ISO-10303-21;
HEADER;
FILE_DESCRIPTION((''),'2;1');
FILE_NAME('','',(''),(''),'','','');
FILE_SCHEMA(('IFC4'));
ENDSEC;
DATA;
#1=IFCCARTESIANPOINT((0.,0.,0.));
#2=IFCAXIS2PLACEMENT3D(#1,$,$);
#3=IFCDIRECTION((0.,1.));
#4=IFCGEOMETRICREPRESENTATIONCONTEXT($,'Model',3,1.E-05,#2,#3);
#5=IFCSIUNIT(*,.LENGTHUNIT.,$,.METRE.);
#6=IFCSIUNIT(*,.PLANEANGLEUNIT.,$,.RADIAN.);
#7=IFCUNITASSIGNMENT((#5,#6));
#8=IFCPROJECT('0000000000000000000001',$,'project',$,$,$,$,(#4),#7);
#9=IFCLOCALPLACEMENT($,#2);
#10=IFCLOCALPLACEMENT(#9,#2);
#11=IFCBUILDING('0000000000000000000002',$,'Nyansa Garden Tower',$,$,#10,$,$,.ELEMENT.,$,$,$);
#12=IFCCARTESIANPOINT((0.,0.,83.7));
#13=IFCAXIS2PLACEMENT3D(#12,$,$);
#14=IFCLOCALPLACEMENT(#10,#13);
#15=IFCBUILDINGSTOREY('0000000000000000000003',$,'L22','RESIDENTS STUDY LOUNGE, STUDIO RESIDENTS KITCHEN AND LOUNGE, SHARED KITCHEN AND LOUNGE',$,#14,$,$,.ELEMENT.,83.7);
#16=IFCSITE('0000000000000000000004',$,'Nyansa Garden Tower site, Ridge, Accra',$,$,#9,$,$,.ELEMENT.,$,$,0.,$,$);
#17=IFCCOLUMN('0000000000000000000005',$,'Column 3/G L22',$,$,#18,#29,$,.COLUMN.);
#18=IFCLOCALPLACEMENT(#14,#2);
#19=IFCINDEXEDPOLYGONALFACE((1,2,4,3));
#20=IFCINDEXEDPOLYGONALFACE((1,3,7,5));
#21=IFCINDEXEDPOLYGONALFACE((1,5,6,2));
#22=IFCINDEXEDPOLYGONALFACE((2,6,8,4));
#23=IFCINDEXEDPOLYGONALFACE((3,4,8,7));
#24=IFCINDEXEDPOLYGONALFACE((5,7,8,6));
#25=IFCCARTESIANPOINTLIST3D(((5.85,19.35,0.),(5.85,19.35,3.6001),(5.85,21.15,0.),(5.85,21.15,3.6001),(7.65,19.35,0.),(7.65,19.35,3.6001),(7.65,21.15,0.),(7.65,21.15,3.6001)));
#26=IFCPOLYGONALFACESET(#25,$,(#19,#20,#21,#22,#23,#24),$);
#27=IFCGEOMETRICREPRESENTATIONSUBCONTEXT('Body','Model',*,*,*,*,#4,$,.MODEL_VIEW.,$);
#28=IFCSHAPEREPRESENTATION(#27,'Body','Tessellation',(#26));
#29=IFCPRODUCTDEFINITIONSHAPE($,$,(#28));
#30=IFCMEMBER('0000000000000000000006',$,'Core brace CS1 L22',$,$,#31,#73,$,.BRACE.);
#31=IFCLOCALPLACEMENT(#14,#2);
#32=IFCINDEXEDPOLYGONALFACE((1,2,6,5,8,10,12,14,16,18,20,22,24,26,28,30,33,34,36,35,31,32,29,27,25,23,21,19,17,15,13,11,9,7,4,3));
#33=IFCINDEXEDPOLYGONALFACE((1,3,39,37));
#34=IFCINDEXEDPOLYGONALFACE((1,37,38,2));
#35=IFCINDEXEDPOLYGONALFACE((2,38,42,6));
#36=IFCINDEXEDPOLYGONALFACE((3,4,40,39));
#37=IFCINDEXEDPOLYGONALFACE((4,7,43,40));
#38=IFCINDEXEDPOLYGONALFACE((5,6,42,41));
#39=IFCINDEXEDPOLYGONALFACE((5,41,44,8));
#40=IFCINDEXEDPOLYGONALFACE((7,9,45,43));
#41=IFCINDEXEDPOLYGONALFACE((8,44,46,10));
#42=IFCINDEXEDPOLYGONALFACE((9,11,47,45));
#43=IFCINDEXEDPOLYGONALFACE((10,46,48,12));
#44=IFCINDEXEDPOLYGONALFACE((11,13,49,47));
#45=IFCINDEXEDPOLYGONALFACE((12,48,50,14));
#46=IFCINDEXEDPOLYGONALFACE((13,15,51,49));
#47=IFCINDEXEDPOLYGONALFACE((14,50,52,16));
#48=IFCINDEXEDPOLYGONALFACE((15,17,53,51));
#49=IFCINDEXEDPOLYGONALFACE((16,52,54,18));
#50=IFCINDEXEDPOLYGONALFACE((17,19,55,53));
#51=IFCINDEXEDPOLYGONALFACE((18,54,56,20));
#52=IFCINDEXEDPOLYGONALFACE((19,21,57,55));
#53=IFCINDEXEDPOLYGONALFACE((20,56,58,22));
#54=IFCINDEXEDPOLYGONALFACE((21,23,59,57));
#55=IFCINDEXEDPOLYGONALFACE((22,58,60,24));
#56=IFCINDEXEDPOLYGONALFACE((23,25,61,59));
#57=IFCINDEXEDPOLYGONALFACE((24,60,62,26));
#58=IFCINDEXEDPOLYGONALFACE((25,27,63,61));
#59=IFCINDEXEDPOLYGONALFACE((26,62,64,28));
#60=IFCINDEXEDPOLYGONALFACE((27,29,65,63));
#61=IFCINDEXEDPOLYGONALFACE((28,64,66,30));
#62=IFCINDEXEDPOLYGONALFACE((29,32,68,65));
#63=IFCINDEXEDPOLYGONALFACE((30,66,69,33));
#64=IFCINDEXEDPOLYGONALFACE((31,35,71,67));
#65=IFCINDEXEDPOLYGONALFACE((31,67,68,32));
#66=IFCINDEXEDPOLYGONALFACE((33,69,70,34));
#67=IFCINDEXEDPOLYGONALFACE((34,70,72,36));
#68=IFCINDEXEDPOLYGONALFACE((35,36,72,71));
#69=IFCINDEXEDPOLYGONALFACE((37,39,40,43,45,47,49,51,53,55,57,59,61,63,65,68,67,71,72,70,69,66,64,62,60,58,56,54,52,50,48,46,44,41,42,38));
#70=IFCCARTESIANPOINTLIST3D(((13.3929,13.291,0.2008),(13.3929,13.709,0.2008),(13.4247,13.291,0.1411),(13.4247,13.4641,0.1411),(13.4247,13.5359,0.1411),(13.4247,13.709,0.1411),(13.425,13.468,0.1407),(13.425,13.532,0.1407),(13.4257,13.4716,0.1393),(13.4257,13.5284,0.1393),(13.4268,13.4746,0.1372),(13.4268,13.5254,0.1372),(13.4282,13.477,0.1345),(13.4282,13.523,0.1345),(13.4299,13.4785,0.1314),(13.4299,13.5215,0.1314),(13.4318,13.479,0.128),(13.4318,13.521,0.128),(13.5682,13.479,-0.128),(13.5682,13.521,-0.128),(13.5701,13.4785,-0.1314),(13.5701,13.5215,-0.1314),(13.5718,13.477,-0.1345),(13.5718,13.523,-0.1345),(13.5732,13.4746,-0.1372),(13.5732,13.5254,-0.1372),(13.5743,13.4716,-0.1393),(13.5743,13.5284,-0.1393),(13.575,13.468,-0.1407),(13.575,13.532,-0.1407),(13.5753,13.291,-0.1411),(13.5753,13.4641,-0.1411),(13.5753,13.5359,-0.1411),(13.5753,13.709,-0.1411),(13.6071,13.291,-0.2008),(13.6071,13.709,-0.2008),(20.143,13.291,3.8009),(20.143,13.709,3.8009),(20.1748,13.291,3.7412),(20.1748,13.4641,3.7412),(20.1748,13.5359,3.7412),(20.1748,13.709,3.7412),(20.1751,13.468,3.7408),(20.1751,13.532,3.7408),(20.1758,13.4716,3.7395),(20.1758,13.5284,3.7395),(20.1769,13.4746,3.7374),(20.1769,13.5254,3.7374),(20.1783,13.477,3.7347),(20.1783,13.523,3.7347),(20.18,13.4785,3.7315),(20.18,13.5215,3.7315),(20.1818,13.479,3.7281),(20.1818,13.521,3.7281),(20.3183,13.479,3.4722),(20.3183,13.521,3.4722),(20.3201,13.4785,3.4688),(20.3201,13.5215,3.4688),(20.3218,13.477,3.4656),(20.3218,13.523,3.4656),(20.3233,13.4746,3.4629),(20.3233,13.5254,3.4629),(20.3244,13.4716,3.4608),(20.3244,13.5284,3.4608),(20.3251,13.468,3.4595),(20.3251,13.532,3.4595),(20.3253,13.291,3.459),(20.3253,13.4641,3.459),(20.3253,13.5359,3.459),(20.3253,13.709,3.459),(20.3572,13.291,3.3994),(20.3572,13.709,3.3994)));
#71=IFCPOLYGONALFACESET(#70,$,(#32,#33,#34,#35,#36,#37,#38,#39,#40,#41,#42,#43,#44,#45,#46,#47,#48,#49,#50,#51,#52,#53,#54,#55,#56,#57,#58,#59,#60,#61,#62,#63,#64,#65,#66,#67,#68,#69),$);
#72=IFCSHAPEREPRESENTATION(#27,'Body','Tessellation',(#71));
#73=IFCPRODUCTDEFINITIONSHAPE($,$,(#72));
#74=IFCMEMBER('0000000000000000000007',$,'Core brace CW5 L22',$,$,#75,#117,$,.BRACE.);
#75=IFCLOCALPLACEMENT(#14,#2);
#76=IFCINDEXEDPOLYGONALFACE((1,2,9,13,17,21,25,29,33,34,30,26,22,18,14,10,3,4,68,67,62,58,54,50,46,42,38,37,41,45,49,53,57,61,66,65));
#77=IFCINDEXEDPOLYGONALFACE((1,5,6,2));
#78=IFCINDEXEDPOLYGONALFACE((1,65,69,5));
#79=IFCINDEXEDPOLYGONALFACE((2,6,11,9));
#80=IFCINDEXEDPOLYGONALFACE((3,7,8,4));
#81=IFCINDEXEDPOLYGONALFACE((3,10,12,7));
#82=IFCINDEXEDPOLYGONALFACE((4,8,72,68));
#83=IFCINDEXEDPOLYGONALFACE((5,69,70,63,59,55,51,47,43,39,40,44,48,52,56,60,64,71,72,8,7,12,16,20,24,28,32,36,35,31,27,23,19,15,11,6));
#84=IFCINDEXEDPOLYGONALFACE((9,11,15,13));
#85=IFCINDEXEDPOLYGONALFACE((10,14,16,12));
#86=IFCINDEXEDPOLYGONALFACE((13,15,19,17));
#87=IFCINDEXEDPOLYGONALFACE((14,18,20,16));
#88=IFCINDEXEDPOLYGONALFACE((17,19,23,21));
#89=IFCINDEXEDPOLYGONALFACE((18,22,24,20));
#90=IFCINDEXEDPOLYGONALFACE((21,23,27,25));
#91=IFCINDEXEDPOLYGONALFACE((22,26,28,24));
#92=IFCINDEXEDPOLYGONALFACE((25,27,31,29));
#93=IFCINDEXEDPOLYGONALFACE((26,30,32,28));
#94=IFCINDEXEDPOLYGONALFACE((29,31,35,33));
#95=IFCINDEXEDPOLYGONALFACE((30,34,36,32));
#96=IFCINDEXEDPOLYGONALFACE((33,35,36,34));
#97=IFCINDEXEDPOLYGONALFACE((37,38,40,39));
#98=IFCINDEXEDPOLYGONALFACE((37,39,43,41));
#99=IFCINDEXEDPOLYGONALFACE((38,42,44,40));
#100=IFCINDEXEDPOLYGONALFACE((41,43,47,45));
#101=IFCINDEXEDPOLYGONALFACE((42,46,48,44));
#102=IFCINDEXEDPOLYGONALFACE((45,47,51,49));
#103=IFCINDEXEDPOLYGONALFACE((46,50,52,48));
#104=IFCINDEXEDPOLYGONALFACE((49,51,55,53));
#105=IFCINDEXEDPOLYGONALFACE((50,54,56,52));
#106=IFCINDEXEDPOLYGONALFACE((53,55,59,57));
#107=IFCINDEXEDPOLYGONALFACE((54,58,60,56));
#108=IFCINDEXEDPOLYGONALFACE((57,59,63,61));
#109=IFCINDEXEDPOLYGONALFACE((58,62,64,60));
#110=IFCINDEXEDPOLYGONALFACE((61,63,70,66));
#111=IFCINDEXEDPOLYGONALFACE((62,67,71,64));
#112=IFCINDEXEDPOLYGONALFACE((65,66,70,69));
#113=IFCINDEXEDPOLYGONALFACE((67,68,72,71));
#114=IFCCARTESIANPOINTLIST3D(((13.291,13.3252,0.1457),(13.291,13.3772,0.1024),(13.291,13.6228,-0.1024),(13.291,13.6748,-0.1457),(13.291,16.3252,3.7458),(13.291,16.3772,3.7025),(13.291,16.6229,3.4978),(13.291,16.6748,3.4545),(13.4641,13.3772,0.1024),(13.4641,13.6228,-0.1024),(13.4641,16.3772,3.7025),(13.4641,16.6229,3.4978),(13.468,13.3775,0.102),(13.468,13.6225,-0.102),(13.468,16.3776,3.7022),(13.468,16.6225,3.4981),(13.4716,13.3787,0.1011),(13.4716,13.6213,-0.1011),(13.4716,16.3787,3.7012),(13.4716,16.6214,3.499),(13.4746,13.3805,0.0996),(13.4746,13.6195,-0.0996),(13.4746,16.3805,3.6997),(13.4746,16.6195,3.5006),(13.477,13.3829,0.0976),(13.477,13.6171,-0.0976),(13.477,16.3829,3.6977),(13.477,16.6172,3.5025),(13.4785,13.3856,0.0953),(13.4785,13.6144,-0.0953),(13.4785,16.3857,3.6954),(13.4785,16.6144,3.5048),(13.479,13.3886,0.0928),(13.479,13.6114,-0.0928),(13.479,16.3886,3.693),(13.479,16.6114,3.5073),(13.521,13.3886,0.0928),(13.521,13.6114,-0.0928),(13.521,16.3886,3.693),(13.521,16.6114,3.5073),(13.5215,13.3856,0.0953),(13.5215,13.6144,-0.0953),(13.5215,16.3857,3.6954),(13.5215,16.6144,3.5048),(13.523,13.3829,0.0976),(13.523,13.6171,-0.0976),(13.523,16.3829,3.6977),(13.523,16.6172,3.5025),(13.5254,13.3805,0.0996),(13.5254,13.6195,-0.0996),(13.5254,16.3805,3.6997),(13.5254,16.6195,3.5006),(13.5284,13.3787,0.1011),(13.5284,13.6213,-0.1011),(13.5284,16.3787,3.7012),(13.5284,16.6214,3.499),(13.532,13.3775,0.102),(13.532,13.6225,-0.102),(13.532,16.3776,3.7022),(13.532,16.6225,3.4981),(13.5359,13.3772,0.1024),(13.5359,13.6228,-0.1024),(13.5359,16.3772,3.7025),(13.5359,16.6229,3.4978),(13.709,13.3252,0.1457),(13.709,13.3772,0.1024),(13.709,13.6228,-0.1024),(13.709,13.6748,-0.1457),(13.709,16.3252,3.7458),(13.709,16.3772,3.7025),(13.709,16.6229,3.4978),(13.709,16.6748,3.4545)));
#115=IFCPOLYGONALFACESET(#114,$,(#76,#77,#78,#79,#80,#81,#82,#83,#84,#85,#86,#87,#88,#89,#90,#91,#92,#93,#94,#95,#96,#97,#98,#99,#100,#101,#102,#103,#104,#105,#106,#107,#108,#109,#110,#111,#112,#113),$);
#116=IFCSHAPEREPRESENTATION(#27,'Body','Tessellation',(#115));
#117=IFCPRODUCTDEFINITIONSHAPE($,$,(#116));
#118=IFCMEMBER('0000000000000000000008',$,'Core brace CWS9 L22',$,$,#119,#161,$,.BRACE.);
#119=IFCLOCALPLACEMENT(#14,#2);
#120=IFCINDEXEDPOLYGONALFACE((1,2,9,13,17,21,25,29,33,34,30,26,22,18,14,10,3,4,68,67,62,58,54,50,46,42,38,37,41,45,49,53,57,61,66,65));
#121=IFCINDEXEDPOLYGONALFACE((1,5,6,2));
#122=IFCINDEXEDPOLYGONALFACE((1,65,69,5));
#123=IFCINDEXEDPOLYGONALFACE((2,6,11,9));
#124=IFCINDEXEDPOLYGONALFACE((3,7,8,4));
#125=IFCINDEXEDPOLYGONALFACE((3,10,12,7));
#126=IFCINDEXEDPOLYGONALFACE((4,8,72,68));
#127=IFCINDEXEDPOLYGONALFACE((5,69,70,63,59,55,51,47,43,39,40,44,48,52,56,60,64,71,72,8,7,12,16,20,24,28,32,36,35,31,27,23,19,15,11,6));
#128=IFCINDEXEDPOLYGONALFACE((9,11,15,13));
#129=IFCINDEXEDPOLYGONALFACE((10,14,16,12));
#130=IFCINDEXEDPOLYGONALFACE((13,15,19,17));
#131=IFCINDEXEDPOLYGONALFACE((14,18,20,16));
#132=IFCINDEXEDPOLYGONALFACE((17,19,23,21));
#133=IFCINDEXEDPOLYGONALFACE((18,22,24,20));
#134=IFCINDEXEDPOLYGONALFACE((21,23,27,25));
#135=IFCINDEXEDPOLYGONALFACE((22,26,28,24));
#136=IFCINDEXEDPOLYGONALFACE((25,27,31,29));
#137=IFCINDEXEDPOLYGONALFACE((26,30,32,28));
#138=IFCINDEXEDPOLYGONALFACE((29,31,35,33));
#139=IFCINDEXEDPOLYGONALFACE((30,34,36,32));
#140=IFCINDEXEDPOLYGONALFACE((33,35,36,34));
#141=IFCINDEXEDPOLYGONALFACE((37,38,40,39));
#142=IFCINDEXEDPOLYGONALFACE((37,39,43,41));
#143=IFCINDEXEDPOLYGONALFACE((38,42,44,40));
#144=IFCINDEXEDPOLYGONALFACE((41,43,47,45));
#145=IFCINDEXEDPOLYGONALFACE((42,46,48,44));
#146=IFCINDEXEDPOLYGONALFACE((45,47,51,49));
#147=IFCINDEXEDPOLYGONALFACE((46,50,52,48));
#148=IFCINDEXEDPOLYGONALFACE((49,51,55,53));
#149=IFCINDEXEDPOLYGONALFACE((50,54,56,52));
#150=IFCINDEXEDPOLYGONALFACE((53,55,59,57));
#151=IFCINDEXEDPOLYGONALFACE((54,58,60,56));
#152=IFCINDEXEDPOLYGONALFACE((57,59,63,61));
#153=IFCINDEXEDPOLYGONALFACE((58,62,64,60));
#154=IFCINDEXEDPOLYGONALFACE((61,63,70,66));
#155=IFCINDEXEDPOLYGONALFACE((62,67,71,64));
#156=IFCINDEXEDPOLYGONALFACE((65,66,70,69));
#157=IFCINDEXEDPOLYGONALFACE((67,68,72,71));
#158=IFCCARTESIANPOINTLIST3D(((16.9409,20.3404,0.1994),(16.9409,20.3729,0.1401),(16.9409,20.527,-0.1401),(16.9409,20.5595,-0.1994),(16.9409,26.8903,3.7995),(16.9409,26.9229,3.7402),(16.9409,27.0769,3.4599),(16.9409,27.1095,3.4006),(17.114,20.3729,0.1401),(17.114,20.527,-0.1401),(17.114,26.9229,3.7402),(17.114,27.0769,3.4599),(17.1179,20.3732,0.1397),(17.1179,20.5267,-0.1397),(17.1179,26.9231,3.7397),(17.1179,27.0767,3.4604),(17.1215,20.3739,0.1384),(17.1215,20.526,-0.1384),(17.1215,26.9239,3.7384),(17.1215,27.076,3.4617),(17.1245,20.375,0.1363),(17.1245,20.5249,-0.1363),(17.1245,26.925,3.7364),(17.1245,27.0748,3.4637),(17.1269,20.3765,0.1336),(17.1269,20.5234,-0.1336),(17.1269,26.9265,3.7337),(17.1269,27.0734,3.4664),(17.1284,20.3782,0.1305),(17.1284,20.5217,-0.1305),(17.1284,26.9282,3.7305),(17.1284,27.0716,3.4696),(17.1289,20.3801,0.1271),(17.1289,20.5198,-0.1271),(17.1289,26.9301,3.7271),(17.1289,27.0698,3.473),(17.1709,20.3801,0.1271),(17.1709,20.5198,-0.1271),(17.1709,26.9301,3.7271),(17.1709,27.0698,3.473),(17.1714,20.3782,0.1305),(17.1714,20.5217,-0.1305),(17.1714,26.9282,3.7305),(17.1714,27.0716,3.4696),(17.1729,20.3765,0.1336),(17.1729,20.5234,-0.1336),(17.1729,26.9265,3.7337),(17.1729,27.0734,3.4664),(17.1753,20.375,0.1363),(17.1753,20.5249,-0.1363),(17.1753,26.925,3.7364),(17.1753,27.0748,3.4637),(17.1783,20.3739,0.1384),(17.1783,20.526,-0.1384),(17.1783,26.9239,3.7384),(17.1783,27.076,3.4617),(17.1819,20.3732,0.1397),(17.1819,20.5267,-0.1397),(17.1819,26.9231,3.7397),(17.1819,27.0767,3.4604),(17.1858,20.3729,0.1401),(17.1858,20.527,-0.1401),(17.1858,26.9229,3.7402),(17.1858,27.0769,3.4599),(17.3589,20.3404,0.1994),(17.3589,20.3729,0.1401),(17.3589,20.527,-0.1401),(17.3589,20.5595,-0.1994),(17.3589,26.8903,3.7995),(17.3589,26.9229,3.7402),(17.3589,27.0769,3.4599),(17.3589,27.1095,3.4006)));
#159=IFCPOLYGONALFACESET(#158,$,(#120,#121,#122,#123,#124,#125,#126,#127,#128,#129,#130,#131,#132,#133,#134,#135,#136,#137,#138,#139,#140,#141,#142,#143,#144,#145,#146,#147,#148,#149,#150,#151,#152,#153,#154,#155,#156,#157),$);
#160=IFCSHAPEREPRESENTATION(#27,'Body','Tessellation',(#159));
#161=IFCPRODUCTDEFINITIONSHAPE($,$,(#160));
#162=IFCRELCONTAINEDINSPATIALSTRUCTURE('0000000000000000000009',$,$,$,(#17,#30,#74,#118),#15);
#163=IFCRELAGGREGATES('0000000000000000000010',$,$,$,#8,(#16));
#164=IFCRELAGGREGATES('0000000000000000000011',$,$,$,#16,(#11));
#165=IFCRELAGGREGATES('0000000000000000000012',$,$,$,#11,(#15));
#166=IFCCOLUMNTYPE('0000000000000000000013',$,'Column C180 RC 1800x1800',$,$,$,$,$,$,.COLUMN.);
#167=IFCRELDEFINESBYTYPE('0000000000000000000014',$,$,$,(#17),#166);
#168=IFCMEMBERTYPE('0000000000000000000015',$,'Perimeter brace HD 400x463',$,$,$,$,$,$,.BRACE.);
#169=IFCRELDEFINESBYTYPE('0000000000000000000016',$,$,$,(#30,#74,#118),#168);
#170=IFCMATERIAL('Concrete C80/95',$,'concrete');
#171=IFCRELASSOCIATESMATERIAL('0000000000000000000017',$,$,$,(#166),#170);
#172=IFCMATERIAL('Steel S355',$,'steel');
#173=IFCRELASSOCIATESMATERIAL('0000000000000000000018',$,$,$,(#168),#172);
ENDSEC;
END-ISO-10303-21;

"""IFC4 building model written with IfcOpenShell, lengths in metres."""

from ifc_helpers import new_model, si_unit, direction, frame, origin, origin_2d, place, context, subcontext, project, spatial, rectangle, i_section, extrude, material, material_profile, profile_set, type_object, element, save


model = new_model("IFC4")

# Units and contexts
model_context = context("Model", 3, precision=1e-05, world=origin(), true_north=direction((0.0, 1.0)))
body_context = subcontext(model_context, "Body", "Model", "MODEL_VIEW")
ifc_project = project(units=[si_unit("LENGTHUNIT", "METRE"), si_unit("PLANEANGLEUNIT", "RADIAN")], contexts=[model_context])

# Site, building, storey
site_placement = place(None, origin())
site = spatial("IfcSite", under=ifc_project, at=site_placement, Name="Nyansa Garden Tower site, Ridge, Accra", CompositionType="ELEMENT", RefElevation=0.0)
building_placement = place(site_placement, origin())
building = spatial("IfcBuilding", under=site, at=building_placement, Name="Nyansa Garden Tower", CompositionType="ELEMENT")
storey_placement = place(building_placement, frame((0.0, 0.0, 83.7)))
storey = spatial("IfcBuildingStorey", under=building, at=storey_placement, Name="L22", Description="RESIDENTS STUDY LOUNGE, STUDIO RESIDENTS KITCHEN AND LOUNGE, SHARED KITCHEN AND LOUNGE", CompositionType="ELEMENT", Elevation=83.7)

# Column
ifc_material_1 = material(Name="Concrete C80/95", Category="concrete")
ifc_material_profile_1 = material_profile(ifc_material_1, rectangle(XDim=1.8, YDim=1.8, at=origin_2d()), Name="RC 1800x1800")
ifc_profile_set_1 = profile_set([ifc_material_profile_1], Name="Concrete C80/95")
column_type = type_object("IfcColumnType", Name="Column C180 RC 1800x1800", PredefinedType="COLUMN", material=ifc_profile_set_1)
column_placement = place(storey_placement, frame((6.75, 20.25, 0.0), z_axis=(0.0, 0.0, 1.0), x_axis=(1.0, 0.0, 0.0)))
element("IfcColumn", 1, at=column_placement, inside=storey, type_object=column_type, Name="Column 3/G L22", PredefinedType="COLUMN", context=body_context, shape_type="SweptSolid", body=[
    extrude(rectangle(XDim=1.8, YDim=1.8, at=origin_2d()), origin(), (0.0, 0.0, 1.0), 3.6001),
])

# Members
ifc_material_2 = material(Name="Steel S355", Category="steel")
ifc_material_profile_2 = material_profile(ifc_material_2, i_section(OverallWidth=0.418, OverallDepth=0.4551, WebThickness=0.042, FlangeThickness=0.0676, FilletRadius=0.0149, at=origin_2d()), Name="HD 400x463")
ifc_profile_set_2 = profile_set([ifc_material_profile_2], Name="Steel S355")
member_type = type_object("IfcMemberType", Name="Perimeter brace HD 400x463", PredefinedType="BRACE", material=ifc_profile_set_2)
member_1_placement = place(storey_placement, frame((13.5, 13.5, 0.0), z_axis=(0.882348, 0.0, 0.470598), x_axis=(0.0, 1.0, 0.0)))
element("IfcMember", 2, at=member_1_placement, inside=storey, type_object=member_type, Name="Core brace CS1 L22", PredefinedType="BRACE", context=body_context, shape_type="SweptSolid", body=[
    extrude(i_section(OverallWidth=0.418, OverallDepth=0.4551, WebThickness=0.042, FlangeThickness=0.0676, FilletRadius=0.0149, at=origin_2d()), origin(), (0.0, 0.0, 1.0), 7.6501),
])
member_2_placement = place(storey_placement, frame((13.5, 13.5, 0.0), z_axis=(0.0, 0.640174, 0.76823), x_axis=(-1.0, 0.0, 0.0)))
element("IfcMember", 3, at=member_2_placement, inside=storey, type_object=member_type, Name="Core brace CW5 L22", PredefinedType="BRACE", context=body_context, shape_type="SweptSolid", body=[
    extrude(i_section(OverallWidth=0.418, OverallDepth=0.4551, WebThickness=0.042, FlangeThickness=0.0676, FilletRadius=0.0149, at=origin_2d()), origin(), (0.0, 0.0, 1.0), 4.6863),
])
member_3_placement = place(storey_placement, frame((17.1499, 20.45, 0.0), z_axis=(0.0, 0.876353, 0.481669), x_axis=(-1.0, 0.0, 0.0)))
element("IfcMember", 4, at=member_3_placement, inside=storey, type_object=member_type, Name="Core brace CWS9 L22", PredefinedType="BRACE", context=body_context, shape_type="SweptSolid", body=[
    extrude(i_section(OverallWidth=0.418, OverallDepth=0.4551, WebThickness=0.042, FlangeThickness=0.0676, FilletRadius=0.0149, at=origin_2d()), origin(), (0.0, 0.0, 1.0), 7.4741),
])

save(model, "model.ifc")
